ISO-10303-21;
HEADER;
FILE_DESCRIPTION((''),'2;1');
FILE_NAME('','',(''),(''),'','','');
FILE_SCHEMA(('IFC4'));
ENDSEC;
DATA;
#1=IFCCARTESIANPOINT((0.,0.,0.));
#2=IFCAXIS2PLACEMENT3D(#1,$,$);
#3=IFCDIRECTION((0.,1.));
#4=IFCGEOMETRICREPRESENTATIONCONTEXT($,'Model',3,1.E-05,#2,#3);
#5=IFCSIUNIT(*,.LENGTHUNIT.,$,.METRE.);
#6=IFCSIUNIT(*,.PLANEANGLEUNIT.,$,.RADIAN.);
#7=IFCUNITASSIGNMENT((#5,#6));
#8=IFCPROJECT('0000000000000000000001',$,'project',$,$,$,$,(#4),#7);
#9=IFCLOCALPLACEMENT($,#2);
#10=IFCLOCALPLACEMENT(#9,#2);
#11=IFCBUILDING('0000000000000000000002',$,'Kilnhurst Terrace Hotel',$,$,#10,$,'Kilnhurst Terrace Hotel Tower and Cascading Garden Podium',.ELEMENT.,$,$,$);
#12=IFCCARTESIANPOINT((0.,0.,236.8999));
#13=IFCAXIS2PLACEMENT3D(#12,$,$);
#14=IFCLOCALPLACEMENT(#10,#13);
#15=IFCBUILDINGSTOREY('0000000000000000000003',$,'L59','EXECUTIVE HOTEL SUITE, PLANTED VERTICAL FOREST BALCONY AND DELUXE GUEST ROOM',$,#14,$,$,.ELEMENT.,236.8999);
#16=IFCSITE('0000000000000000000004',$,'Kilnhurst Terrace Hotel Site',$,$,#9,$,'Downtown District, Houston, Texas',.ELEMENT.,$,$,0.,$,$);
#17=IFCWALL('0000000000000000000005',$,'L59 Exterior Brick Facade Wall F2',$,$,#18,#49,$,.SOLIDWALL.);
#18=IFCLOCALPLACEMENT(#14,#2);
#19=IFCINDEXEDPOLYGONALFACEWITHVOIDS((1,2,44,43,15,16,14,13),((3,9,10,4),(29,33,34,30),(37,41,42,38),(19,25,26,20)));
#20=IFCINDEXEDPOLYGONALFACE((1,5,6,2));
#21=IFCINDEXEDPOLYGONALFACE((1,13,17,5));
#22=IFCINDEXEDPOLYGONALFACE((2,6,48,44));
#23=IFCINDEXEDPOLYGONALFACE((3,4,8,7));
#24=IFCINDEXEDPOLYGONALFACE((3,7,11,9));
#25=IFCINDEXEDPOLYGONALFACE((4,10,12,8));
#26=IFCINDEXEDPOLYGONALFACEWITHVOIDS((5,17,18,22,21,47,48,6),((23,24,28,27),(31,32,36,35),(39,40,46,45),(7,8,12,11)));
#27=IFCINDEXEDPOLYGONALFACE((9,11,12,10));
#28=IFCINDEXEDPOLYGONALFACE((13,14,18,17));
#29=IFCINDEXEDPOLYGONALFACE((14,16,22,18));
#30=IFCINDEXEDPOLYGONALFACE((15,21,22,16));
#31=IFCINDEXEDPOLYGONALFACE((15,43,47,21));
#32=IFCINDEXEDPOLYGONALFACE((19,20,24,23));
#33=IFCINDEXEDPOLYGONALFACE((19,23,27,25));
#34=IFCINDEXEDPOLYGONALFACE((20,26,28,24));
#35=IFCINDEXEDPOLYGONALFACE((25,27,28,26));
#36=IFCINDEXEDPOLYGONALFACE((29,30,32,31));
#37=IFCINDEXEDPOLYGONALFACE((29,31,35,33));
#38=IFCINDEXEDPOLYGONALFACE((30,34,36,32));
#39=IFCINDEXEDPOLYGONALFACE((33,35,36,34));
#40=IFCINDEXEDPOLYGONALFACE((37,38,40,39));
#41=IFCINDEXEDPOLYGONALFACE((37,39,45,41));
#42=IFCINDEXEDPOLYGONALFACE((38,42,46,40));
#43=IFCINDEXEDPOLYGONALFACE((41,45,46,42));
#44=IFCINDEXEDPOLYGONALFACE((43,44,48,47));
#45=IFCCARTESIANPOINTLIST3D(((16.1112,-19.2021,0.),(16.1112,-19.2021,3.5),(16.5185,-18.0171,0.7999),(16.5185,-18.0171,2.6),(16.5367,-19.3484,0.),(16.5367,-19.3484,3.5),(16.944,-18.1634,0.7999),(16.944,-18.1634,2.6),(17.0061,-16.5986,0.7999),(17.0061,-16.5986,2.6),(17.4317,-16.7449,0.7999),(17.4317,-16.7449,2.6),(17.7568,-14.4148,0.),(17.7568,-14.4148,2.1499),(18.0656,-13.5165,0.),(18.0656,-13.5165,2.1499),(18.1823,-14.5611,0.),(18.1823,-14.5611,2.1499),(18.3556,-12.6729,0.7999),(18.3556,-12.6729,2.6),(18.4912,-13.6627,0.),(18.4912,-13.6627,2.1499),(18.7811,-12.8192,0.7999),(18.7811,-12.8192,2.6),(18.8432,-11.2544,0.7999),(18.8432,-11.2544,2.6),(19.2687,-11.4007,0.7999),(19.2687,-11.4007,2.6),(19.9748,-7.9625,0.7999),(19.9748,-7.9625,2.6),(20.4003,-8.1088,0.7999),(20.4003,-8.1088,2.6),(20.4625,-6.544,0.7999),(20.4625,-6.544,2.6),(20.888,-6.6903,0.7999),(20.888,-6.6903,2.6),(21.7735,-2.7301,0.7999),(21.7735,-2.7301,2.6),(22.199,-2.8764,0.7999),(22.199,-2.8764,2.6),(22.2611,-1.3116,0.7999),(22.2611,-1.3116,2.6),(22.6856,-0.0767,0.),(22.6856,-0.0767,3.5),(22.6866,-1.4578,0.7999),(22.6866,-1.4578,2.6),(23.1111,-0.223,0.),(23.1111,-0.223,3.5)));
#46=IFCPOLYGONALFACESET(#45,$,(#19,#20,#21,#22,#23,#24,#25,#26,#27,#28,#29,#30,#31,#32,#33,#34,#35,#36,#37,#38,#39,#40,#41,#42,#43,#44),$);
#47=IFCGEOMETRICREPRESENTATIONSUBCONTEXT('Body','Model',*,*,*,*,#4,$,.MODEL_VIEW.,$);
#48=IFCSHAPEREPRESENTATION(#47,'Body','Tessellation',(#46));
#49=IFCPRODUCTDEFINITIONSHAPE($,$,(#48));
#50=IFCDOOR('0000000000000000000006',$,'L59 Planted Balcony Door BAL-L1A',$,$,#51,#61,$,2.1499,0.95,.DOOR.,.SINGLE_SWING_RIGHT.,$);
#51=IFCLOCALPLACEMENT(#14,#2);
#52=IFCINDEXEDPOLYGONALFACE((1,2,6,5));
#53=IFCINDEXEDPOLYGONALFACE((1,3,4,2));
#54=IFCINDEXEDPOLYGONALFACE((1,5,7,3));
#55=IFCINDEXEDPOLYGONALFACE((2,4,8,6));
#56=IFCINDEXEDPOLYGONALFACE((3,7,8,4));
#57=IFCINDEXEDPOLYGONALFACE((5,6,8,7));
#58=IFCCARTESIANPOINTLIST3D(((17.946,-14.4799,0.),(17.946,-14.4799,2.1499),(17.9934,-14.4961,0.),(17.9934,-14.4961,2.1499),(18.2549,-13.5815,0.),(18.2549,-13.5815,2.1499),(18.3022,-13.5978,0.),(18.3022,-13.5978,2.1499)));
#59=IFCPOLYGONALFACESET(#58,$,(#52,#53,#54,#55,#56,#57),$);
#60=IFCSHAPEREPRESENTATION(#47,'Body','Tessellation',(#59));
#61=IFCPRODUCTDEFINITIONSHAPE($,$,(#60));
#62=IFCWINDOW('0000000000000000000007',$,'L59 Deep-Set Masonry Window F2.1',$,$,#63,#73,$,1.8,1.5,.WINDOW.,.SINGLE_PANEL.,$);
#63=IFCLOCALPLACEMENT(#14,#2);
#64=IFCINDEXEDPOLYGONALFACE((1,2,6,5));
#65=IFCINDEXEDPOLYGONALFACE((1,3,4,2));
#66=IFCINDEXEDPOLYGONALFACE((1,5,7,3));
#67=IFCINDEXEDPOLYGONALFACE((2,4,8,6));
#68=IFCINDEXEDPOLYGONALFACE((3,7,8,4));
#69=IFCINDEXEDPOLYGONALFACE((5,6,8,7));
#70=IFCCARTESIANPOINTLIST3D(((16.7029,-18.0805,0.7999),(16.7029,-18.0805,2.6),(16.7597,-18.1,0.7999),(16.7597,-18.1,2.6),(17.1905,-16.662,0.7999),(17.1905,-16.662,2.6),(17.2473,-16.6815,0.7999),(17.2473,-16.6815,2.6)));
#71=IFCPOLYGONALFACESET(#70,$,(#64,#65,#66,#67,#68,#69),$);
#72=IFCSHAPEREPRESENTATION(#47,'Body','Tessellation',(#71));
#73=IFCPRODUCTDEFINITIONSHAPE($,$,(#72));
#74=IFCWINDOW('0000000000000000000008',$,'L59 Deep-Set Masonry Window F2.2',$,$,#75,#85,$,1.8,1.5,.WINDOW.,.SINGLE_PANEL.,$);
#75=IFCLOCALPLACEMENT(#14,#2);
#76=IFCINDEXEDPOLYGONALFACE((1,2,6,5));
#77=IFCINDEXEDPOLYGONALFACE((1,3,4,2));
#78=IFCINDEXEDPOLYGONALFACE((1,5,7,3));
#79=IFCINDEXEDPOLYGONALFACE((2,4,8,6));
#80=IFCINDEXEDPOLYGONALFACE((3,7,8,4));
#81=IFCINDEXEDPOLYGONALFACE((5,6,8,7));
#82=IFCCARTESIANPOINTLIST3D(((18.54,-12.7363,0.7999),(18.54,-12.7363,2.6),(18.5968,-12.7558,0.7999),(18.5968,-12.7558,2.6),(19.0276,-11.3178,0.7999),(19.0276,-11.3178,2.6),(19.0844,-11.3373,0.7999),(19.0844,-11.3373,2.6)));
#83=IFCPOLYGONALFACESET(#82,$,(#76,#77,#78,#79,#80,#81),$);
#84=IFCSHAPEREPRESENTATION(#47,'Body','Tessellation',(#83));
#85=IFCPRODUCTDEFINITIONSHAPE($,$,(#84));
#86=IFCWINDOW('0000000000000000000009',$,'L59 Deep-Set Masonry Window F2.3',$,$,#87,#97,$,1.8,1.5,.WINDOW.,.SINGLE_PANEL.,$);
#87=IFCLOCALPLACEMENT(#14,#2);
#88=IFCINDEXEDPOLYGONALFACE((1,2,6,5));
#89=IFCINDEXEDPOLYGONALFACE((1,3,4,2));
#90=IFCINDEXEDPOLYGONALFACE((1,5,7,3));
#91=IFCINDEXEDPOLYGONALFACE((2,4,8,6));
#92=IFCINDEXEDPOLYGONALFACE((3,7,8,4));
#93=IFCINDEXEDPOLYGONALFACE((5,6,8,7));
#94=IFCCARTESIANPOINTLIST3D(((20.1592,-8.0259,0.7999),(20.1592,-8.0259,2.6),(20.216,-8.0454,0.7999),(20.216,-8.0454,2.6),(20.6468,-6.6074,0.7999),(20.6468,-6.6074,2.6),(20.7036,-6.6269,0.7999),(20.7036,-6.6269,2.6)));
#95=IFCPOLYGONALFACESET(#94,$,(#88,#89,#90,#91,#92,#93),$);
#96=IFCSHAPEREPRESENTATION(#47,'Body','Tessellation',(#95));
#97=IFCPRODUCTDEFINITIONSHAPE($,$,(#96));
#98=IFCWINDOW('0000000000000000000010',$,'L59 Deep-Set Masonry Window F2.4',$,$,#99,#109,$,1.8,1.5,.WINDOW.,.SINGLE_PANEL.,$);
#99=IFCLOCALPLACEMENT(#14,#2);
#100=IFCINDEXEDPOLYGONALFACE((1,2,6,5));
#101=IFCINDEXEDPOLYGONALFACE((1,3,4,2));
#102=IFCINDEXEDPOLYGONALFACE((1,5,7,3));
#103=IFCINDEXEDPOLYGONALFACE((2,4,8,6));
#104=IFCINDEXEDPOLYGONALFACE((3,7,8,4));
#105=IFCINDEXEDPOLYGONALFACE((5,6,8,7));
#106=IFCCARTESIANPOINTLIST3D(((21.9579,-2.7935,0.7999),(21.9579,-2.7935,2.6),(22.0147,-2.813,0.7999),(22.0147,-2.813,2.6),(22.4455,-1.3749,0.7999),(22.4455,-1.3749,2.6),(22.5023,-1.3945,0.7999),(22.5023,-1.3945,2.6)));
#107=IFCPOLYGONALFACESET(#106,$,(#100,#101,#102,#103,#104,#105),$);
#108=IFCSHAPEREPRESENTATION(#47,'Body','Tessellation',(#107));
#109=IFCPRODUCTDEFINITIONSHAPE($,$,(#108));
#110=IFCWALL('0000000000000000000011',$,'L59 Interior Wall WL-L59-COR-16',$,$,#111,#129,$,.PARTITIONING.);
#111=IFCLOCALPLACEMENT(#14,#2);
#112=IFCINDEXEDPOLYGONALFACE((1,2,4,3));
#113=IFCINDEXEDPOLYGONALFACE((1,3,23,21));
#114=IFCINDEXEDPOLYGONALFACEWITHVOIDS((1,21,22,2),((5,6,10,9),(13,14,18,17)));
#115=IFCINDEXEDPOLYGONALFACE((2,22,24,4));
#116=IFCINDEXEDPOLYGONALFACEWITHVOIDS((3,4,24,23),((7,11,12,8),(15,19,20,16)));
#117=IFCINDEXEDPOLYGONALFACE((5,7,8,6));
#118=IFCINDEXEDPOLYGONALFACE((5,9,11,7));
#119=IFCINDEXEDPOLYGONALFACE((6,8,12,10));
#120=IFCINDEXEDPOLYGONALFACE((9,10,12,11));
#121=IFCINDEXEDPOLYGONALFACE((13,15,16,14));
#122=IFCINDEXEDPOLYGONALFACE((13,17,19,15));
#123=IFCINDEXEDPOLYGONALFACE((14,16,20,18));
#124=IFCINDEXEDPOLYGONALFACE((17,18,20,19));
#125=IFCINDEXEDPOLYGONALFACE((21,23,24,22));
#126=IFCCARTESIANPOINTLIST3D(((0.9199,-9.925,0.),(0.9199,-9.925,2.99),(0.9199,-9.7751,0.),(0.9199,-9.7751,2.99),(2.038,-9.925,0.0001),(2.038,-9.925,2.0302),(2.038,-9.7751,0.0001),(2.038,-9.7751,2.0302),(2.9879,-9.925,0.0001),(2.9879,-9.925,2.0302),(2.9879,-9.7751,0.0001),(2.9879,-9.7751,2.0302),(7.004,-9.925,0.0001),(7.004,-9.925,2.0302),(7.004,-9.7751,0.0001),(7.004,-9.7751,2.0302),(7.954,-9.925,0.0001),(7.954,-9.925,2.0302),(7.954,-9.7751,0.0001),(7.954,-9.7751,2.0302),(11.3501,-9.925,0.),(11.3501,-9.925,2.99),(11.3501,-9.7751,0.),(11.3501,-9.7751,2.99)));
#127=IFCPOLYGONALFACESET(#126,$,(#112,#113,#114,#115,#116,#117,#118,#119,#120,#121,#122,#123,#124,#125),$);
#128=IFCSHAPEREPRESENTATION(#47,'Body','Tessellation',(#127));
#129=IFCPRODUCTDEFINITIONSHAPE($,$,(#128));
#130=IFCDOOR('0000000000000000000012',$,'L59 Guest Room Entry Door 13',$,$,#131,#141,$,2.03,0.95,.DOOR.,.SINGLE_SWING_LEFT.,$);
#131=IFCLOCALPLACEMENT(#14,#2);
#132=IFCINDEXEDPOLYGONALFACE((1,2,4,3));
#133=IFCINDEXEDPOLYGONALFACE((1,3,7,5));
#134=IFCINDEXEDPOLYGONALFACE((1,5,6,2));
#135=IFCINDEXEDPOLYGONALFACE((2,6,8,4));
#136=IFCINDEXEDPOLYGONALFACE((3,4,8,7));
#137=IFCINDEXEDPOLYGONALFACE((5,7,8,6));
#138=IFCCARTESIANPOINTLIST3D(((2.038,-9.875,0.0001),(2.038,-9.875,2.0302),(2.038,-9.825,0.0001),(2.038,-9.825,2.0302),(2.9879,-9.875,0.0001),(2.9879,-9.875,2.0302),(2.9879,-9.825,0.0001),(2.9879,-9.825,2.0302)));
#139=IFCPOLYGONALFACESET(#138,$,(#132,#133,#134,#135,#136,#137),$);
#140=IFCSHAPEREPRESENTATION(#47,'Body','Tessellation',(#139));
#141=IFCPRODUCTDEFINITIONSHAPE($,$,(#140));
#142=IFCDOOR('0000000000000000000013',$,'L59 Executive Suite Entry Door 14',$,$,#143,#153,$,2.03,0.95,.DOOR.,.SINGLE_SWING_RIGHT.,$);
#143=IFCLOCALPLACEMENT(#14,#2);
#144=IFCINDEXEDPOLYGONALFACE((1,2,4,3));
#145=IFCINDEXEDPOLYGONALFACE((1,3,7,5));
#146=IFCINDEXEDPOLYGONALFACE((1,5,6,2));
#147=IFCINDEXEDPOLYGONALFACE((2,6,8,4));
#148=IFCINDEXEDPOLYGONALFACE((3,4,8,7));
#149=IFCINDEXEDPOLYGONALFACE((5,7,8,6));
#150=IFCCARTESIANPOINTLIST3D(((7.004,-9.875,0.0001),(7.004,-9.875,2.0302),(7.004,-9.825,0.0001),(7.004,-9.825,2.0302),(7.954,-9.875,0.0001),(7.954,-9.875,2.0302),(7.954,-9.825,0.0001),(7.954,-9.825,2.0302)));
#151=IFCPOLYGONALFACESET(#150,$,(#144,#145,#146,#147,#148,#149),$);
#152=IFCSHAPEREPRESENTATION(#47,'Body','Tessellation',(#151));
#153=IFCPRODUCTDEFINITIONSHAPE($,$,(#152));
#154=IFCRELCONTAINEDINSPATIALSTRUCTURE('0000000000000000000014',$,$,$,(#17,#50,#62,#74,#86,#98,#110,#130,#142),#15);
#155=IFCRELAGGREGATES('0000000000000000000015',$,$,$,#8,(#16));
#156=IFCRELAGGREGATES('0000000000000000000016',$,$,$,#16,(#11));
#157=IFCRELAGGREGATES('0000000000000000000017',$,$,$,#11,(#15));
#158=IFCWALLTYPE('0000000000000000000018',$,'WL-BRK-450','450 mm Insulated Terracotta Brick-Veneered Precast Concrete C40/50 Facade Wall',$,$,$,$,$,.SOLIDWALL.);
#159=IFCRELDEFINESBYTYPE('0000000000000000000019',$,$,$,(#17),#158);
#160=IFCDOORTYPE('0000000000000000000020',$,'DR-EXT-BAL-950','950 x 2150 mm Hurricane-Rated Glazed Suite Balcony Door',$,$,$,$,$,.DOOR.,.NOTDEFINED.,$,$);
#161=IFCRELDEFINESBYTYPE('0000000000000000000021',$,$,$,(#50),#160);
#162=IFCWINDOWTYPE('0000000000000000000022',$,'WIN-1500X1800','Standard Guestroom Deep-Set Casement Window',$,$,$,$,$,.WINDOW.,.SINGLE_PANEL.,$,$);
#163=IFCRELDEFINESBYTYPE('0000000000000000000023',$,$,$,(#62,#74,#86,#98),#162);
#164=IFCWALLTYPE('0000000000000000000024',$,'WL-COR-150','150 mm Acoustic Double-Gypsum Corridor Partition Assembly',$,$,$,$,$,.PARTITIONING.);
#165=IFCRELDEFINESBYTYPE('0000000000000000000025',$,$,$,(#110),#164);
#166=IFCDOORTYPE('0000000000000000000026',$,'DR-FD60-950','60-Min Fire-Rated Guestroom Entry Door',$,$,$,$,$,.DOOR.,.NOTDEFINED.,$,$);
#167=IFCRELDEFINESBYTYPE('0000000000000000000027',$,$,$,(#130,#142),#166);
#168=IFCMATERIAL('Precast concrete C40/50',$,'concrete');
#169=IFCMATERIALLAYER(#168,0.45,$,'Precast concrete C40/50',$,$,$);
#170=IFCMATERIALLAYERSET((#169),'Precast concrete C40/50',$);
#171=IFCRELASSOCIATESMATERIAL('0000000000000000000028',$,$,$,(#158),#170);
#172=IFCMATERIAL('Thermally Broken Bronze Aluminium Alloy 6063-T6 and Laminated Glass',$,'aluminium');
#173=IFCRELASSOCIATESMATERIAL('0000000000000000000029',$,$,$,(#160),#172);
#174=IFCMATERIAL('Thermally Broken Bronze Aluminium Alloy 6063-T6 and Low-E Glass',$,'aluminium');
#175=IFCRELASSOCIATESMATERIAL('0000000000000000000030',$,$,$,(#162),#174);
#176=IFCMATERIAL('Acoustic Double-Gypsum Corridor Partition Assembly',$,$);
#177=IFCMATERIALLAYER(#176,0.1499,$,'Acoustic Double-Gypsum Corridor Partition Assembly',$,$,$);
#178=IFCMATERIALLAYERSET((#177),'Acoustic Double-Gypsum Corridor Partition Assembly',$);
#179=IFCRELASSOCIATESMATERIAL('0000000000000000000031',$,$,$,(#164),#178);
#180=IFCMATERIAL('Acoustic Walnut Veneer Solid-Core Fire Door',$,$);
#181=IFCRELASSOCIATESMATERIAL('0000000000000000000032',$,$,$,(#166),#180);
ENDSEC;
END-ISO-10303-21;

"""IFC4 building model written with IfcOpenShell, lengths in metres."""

from ifc_helpers import new_model, si_unit, direction, frame, frame_2d, origin, place, context, subcontext, project, spatial, rectangle, extrude, material, layer, layer_set, type_object, element, fill, save


model = new_model("IFC4")

# Units and contexts
model_context = context("Model", 3, precision=1e-05, world=origin(), true_north=direction((0.0, 1.0)))
body_context = subcontext(model_context, "Body", "Model", "MODEL_VIEW")
ifc_project = project(units=[si_unit("LENGTHUNIT", "METRE"), si_unit("PLANEANGLEUNIT", "RADIAN")], contexts=[model_context])

# Site, building, storey
site_placement = place(None, origin())
site = spatial("IfcSite", under=ifc_project, at=site_placement, Name="Kilnhurst Terrace Hotel Site", LongName="Downtown District, Houston, Texas", CompositionType="ELEMENT", RefElevation=0.0)
building_placement = place(site_placement, origin())
building = spatial("IfcBuilding", under=site, at=building_placement, Name="Kilnhurst Terrace Hotel", LongName="Kilnhurst Terrace Hotel Tower and Cascading Garden Podium", CompositionType="ELEMENT")
storey_placement = place(building_placement, frame((0.0, 0.0, 236.8999)))
storey = spatial("IfcBuildingStorey", under=building, at=storey_placement, Name="L59", Description="EXECUTIVE HOTEL SUITE, PLANTED VERTICAL FOREST BALCONY AND DELUXE GUEST ROOM", CompositionType="ELEMENT", Elevation=236.8999)

# Shared definitions
ifc_material_1 = material(Name="Precast concrete C40/50", Category="concrete")
ifc_layer_1 = layer(ifc_material_1, 0.45, Name="Precast concrete C40/50")
ifc_layer_set_1 = layer_set([ifc_layer_1], Name="Precast concrete C40/50")
wall_type_1 = type_object("IfcWallType", Name="WL-BRK-450", Description="450 mm Insulated Terracotta Brick-Veneered Precast Concrete C40/50 Facade Wall", PredefinedType="SOLIDWALL", material=ifc_layer_set_1)

# Wall, openings, door, windows
wall_1_placement = place(storey_placement, frame((16.324, -19.2751, 0.0), z_axis=(0.0, 0.0, 1.0), x_axis=(0.325083, 0.945685, 0.0)))
wall_1 = element("IfcWall", 1, at=wall_1_placement, inside=storey, type_object=wall_type_1, Name="L59 Exterior Brick Facade Wall F2", PredefinedType="SOLIDWALL", context=body_context, shape_type="SweptSolid", body=[
    extrude(rectangle(XDim=20.2239, YDim=0.45, at=frame_2d((10.1118, 0.0))), origin(), (0.0, 0.0, 1.0), 3.5),
])
opening_1_placement = place(wall_1_placement, frame((5.062, 0.0, 0.0)))
opening_1 = element("IfcOpeningElement", 2, at=opening_1_placement, cuts=wall_1, PredefinedType="OPENING", context=body_context, shape_type="SweptSolid", body=[
    extrude(rectangle(XDim=0.95, YDim=2.1499, at=frame_2d((0.4751, 1.075))), frame((0.0, 0.2349, 0.0), z_axis=(0.0, -1.0, 0.0), x_axis=(1.0, 0.0, 0.0)), (0.0, 0.0, 1.0), 0.47),
])
opening_2_placement = place(wall_1_placement, frame((1.2529, 0.0, 0.8)))
opening_2 = element("IfcOpeningElement", 3, at=opening_2_placement, cuts=wall_1, PredefinedType="OPENING", context=body_context, shape_type="SweptSolid", body=[
    extrude(rectangle(XDim=1.5, YDim=1.8, at=frame_2d((0.75, 0.8999))), frame((0.0, 0.2349, 0.0), z_axis=(0.0, -1.0, 0.0), x_axis=(1.0, 0.0, 0.0)), (0.0, 0.0, 1.0), 0.47),
])
opening_3_placement = place(wall_1_placement, frame((6.9041, 0.0, 0.8)))
opening_3 = element("IfcOpeningElement", 4, at=opening_3_placement, cuts=wall_1, PredefinedType="OPENING", context=body_context, shape_type="SweptSolid", body=[
    extrude(rectangle(XDim=1.5, YDim=1.8, at=frame_2d((0.75, 0.8999))), frame((0.0, 0.2349, 0.0), z_axis=(0.0, -1.0, 0.0), x_axis=(1.0, 0.0, 0.0)), (0.0, 0.0, 1.0), 0.47),
])
opening_4_placement = place(wall_1_placement, frame((11.885, 0.0, 0.8)))
opening_4 = element("IfcOpeningElement", 5, at=opening_4_placement, cuts=wall_1, PredefinedType="OPENING", context=body_context, shape_type="SweptSolid", body=[
    extrude(rectangle(XDim=1.5, YDim=1.8, at=frame_2d((0.75, 0.8999))), frame((0.0, 0.2349, 0.0), z_axis=(0.0, -1.0, 0.0), x_axis=(1.0, 0.0, 0.0)), (0.0, 0.0, 1.0), 0.47),
])
opening_5_placement = place(wall_1_placement, frame((17.418, 0.0, 0.8)))
opening_5 = element("IfcOpeningElement", 6, at=opening_5_placement, cuts=wall_1, PredefinedType="OPENING", context=body_context, shape_type="SweptSolid", body=[
    extrude(rectangle(XDim=1.5, YDim=1.8, at=frame_2d((0.75, 0.8999))), frame((0.0, 0.2349, 0.0), z_axis=(0.0, -1.0, 0.0), x_axis=(1.0, 0.0, 0.0)), (0.0, 0.0, 1.0), 0.47),
])
ifc_material_2 = material(Name="Thermally Broken Bronze Aluminium Alloy 6063-T6 and Laminated Glass", Category="aluminium")
door_type_1 = type_object("IfcDoorType", Name="DR-EXT-BAL-950", Description="950 x 2150 mm Hurricane-Rated Glazed Suite Balcony Door", OperationType="NOTDEFINED", PredefinedType="DOOR", material=ifc_material_2)
door_1_placement = place(opening_1_placement, origin())
door_1 = element("IfcDoor", 7, at=door_1_placement, inside=storey, type_object=door_type_1, Name="L59 Planted Balcony Door BAL-L1A", OperationType="SINGLE_SWING_RIGHT", OverallHeight=2.1499, OverallWidth=0.95, PredefinedType="DOOR", context=body_context, shape_type="SweptSolid", body=[
    extrude(rectangle(XDim=0.95, YDim=2.1499, at=frame_2d((0.4751, 1.075))), frame((0.0, 0.0249, 0.0), z_axis=(0.0, -1.0, 0.0), x_axis=(1.0, 0.0, 0.0)), (0.0, 0.0, 1.0), 0.05),
])
fill(opening_1, door_1)
ifc_material_3 = material(Name="Thermally Broken Bronze Aluminium Alloy 6063-T6 and Low-E Glass", Category="aluminium")
window_type = type_object("IfcWindowType", Name="WIN-1500X1800", Description="Standard Guestroom Deep-Set Casement Window", PartitioningType="SINGLE_PANEL", PredefinedType="WINDOW", material=ifc_material_3)
window_1_placement = place(opening_2_placement, origin())
window_1 = element("IfcWindow", 8, at=window_1_placement, inside=storey, type_object=window_type, Name="L59 Deep-Set Masonry Window F2.1", OverallHeight=1.8, OverallWidth=1.5, PartitioningType="SINGLE_PANEL", PredefinedType="WINDOW", context=body_context, shape_type="SweptSolid", body=[
    extrude(rectangle(XDim=1.5, YDim=1.8, at=frame_2d((0.75, 0.8999))), frame((0.0, 0.03, 0.0), z_axis=(0.0, -1.0, 0.0), x_axis=(1.0, 0.0, 0.0)), (0.0, 0.0, 1.0), 0.0601),
])
fill(opening_2, window_1)
window_2_placement = place(opening_3_placement, origin())
window_2 = element("IfcWindow", 9, at=window_2_placement, inside=storey, type_object=window_type, Name="L59 Deep-Set Masonry Window F2.2", OverallHeight=1.8, OverallWidth=1.5, PartitioningType="SINGLE_PANEL", PredefinedType="WINDOW", context=body_context, shape_type="SweptSolid", body=[
    extrude(rectangle(XDim=1.5, YDim=1.8, at=frame_2d((0.75, 0.8999))), frame((0.0, 0.03, 0.0), z_axis=(0.0, -1.0, 0.0), x_axis=(1.0, 0.0, 0.0)), (0.0, 0.0, 1.0), 0.0601),
])
fill(opening_3, window_2)
window_3_placement = place(opening_4_placement, origin())
window_3 = element("IfcWindow", 10, at=window_3_placement, inside=storey, type_object=window_type, Name="L59 Deep-Set Masonry Window F2.3", OverallHeight=1.8, OverallWidth=1.5, PartitioningType="SINGLE_PANEL", PredefinedType="WINDOW", context=body_context, shape_type="SweptSolid", body=[
    extrude(rectangle(XDim=1.5, YDim=1.8, at=frame_2d((0.75, 0.8999))), frame((0.0, 0.03, 0.0), z_axis=(0.0, -1.0, 0.0), x_axis=(1.0, 0.0, 0.0)), (0.0, 0.0, 1.0), 0.0601),
])
fill(opening_4, window_3)
window_4_placement = place(opening_5_placement, origin())
window_4 = element("IfcWindow", 11, at=window_4_placement, inside=storey, type_object=window_type, Name="L59 Deep-Set Masonry Window F2.4", OverallHeight=1.8, OverallWidth=1.5, PartitioningType="SINGLE_PANEL", PredefinedType="WINDOW", context=body_context, shape_type="SweptSolid", body=[
    extrude(rectangle(XDim=1.5, YDim=1.8, at=frame_2d((0.75, 0.8999))), frame((0.0, 0.03, 0.0), z_axis=(0.0, -1.0, 0.0), x_axis=(1.0, 0.0, 0.0)), (0.0, 0.0, 1.0), 0.0601),
])
fill(opening_5, window_4)

# Wall, openings, doors
ifc_material_4 = material(Name="Acoustic Double-Gypsum Corridor Partition Assembly")
ifc_layer_2 = layer(ifc_material_4, 0.1499, Name="Acoustic Double-Gypsum Corridor Partition Assembly")
ifc_layer_set_2 = layer_set([ifc_layer_2], Name="Acoustic Double-Gypsum Corridor Partition Assembly")
wall_type_2 = type_object("IfcWallType", Name="WL-COR-150", Description="150 mm Acoustic Double-Gypsum Corridor Partition Assembly", PredefinedType="PARTITIONING", material=ifc_layer_set_2)
wall_2_placement = place(storey_placement, frame((11.3501, -9.8501, 0.0), z_axis=(0.0, 0.0, 1.0), x_axis=(-1.0, 0.0, 0.0)))
wall_2 = element("IfcWall", 12, at=wall_2_placement, inside=storey, type_object=wall_type_2, Name="L59 Interior Wall WL-L59-COR-16", PredefinedType="PARTITIONING", context=body_context, shape_type="SweptSolid", body=[
    extrude(rectangle(XDim=10.4302, YDim=0.1499, at=frame_2d((5.2151, 0.0))), origin(), (0.0, 0.0, 1.0), 2.99),
])
opening_6_placement = place(wall_2_placement, frame((8.3621, 0.0, 0.0)))
opening_6 = element("IfcOpeningElement", 13, at=opening_6_placement, cuts=wall_2, PredefinedType="OPENING", context=body_context, shape_type="SweptSolid", body=[
    extrude(rectangle(XDim=0.95, YDim=2.03, at=frame_2d((0.4751, 1.0151))), frame((0.0, 0.085, 0.0), z_axis=(0.0, -1.0, 0.0), x_axis=(1.0, 0.0, 0.0)), (0.0, 0.0, 1.0), 0.1699),
])
opening_7_placement = place(wall_2_placement, frame((3.396, 0.0, 0.0)))
opening_7 = element("IfcOpeningElement", 14, at=opening_7_placement, cuts=wall_2, PredefinedType="OPENING", context=body_context, shape_type="SweptSolid", body=[
    extrude(rectangle(XDim=0.95, YDim=2.03, at=frame_2d((0.4751, 1.0151))), frame((0.0, 0.085, 0.0), z_axis=(0.0, -1.0, 0.0), x_axis=(1.0, 0.0, 0.0)), (0.0, 0.0, 1.0), 0.1699),
])
ifc_material_5 = material(Name="Acoustic Walnut Veneer Solid-Core Fire Door")
door_type_2 = type_object("IfcDoorType", Name="DR-FD60-950", Description="60-Min Fire-Rated Guestroom Entry Door", OperationType="NOTDEFINED", PredefinedType="DOOR", material=ifc_material_5)
door_2_placement = place(opening_6_placement, origin())
door_2 = element("IfcDoor", 15, at=door_2_placement, inside=storey, type_object=door_type_2, Name="L59 Guest Room Entry Door 13", OperationType="SINGLE_SWING_LEFT", OverallHeight=2.03, OverallWidth=0.95, PredefinedType="DOOR", context=body_context, shape_type="SweptSolid", body=[
    extrude(rectangle(XDim=0.95, YDim=2.03, at=frame_2d((0.4751, 1.0151))), frame((0.0, 0.0249, 0.0), z_axis=(0.0, -1.0, 0.0), x_axis=(1.0, 0.0, 0.0)), (0.0, 0.0, 1.0), 0.05),
])
fill(opening_6, door_2)
door_3_placement = place(opening_7_placement, origin())
door_3 = element("IfcDoor", 16, at=door_3_placement, inside=storey, type_object=door_type_2, Name="L59 Executive Suite Entry Door 14", OperationType="SINGLE_SWING_RIGHT", OverallHeight=2.03, OverallWidth=0.95, PredefinedType="DOOR", context=body_context, shape_type="SweptSolid", body=[
    extrude(rectangle(XDim=0.95, YDim=2.03, at=frame_2d((0.4751, 1.0151))), frame((0.0, 0.0249, 0.0), z_axis=(0.0, -1.0, 0.0), x_axis=(1.0, 0.0, 0.0)), (0.0, 0.0, 1.0), 0.05),
])
fill(opening_7, door_3)

save(model, "model.ifc")
